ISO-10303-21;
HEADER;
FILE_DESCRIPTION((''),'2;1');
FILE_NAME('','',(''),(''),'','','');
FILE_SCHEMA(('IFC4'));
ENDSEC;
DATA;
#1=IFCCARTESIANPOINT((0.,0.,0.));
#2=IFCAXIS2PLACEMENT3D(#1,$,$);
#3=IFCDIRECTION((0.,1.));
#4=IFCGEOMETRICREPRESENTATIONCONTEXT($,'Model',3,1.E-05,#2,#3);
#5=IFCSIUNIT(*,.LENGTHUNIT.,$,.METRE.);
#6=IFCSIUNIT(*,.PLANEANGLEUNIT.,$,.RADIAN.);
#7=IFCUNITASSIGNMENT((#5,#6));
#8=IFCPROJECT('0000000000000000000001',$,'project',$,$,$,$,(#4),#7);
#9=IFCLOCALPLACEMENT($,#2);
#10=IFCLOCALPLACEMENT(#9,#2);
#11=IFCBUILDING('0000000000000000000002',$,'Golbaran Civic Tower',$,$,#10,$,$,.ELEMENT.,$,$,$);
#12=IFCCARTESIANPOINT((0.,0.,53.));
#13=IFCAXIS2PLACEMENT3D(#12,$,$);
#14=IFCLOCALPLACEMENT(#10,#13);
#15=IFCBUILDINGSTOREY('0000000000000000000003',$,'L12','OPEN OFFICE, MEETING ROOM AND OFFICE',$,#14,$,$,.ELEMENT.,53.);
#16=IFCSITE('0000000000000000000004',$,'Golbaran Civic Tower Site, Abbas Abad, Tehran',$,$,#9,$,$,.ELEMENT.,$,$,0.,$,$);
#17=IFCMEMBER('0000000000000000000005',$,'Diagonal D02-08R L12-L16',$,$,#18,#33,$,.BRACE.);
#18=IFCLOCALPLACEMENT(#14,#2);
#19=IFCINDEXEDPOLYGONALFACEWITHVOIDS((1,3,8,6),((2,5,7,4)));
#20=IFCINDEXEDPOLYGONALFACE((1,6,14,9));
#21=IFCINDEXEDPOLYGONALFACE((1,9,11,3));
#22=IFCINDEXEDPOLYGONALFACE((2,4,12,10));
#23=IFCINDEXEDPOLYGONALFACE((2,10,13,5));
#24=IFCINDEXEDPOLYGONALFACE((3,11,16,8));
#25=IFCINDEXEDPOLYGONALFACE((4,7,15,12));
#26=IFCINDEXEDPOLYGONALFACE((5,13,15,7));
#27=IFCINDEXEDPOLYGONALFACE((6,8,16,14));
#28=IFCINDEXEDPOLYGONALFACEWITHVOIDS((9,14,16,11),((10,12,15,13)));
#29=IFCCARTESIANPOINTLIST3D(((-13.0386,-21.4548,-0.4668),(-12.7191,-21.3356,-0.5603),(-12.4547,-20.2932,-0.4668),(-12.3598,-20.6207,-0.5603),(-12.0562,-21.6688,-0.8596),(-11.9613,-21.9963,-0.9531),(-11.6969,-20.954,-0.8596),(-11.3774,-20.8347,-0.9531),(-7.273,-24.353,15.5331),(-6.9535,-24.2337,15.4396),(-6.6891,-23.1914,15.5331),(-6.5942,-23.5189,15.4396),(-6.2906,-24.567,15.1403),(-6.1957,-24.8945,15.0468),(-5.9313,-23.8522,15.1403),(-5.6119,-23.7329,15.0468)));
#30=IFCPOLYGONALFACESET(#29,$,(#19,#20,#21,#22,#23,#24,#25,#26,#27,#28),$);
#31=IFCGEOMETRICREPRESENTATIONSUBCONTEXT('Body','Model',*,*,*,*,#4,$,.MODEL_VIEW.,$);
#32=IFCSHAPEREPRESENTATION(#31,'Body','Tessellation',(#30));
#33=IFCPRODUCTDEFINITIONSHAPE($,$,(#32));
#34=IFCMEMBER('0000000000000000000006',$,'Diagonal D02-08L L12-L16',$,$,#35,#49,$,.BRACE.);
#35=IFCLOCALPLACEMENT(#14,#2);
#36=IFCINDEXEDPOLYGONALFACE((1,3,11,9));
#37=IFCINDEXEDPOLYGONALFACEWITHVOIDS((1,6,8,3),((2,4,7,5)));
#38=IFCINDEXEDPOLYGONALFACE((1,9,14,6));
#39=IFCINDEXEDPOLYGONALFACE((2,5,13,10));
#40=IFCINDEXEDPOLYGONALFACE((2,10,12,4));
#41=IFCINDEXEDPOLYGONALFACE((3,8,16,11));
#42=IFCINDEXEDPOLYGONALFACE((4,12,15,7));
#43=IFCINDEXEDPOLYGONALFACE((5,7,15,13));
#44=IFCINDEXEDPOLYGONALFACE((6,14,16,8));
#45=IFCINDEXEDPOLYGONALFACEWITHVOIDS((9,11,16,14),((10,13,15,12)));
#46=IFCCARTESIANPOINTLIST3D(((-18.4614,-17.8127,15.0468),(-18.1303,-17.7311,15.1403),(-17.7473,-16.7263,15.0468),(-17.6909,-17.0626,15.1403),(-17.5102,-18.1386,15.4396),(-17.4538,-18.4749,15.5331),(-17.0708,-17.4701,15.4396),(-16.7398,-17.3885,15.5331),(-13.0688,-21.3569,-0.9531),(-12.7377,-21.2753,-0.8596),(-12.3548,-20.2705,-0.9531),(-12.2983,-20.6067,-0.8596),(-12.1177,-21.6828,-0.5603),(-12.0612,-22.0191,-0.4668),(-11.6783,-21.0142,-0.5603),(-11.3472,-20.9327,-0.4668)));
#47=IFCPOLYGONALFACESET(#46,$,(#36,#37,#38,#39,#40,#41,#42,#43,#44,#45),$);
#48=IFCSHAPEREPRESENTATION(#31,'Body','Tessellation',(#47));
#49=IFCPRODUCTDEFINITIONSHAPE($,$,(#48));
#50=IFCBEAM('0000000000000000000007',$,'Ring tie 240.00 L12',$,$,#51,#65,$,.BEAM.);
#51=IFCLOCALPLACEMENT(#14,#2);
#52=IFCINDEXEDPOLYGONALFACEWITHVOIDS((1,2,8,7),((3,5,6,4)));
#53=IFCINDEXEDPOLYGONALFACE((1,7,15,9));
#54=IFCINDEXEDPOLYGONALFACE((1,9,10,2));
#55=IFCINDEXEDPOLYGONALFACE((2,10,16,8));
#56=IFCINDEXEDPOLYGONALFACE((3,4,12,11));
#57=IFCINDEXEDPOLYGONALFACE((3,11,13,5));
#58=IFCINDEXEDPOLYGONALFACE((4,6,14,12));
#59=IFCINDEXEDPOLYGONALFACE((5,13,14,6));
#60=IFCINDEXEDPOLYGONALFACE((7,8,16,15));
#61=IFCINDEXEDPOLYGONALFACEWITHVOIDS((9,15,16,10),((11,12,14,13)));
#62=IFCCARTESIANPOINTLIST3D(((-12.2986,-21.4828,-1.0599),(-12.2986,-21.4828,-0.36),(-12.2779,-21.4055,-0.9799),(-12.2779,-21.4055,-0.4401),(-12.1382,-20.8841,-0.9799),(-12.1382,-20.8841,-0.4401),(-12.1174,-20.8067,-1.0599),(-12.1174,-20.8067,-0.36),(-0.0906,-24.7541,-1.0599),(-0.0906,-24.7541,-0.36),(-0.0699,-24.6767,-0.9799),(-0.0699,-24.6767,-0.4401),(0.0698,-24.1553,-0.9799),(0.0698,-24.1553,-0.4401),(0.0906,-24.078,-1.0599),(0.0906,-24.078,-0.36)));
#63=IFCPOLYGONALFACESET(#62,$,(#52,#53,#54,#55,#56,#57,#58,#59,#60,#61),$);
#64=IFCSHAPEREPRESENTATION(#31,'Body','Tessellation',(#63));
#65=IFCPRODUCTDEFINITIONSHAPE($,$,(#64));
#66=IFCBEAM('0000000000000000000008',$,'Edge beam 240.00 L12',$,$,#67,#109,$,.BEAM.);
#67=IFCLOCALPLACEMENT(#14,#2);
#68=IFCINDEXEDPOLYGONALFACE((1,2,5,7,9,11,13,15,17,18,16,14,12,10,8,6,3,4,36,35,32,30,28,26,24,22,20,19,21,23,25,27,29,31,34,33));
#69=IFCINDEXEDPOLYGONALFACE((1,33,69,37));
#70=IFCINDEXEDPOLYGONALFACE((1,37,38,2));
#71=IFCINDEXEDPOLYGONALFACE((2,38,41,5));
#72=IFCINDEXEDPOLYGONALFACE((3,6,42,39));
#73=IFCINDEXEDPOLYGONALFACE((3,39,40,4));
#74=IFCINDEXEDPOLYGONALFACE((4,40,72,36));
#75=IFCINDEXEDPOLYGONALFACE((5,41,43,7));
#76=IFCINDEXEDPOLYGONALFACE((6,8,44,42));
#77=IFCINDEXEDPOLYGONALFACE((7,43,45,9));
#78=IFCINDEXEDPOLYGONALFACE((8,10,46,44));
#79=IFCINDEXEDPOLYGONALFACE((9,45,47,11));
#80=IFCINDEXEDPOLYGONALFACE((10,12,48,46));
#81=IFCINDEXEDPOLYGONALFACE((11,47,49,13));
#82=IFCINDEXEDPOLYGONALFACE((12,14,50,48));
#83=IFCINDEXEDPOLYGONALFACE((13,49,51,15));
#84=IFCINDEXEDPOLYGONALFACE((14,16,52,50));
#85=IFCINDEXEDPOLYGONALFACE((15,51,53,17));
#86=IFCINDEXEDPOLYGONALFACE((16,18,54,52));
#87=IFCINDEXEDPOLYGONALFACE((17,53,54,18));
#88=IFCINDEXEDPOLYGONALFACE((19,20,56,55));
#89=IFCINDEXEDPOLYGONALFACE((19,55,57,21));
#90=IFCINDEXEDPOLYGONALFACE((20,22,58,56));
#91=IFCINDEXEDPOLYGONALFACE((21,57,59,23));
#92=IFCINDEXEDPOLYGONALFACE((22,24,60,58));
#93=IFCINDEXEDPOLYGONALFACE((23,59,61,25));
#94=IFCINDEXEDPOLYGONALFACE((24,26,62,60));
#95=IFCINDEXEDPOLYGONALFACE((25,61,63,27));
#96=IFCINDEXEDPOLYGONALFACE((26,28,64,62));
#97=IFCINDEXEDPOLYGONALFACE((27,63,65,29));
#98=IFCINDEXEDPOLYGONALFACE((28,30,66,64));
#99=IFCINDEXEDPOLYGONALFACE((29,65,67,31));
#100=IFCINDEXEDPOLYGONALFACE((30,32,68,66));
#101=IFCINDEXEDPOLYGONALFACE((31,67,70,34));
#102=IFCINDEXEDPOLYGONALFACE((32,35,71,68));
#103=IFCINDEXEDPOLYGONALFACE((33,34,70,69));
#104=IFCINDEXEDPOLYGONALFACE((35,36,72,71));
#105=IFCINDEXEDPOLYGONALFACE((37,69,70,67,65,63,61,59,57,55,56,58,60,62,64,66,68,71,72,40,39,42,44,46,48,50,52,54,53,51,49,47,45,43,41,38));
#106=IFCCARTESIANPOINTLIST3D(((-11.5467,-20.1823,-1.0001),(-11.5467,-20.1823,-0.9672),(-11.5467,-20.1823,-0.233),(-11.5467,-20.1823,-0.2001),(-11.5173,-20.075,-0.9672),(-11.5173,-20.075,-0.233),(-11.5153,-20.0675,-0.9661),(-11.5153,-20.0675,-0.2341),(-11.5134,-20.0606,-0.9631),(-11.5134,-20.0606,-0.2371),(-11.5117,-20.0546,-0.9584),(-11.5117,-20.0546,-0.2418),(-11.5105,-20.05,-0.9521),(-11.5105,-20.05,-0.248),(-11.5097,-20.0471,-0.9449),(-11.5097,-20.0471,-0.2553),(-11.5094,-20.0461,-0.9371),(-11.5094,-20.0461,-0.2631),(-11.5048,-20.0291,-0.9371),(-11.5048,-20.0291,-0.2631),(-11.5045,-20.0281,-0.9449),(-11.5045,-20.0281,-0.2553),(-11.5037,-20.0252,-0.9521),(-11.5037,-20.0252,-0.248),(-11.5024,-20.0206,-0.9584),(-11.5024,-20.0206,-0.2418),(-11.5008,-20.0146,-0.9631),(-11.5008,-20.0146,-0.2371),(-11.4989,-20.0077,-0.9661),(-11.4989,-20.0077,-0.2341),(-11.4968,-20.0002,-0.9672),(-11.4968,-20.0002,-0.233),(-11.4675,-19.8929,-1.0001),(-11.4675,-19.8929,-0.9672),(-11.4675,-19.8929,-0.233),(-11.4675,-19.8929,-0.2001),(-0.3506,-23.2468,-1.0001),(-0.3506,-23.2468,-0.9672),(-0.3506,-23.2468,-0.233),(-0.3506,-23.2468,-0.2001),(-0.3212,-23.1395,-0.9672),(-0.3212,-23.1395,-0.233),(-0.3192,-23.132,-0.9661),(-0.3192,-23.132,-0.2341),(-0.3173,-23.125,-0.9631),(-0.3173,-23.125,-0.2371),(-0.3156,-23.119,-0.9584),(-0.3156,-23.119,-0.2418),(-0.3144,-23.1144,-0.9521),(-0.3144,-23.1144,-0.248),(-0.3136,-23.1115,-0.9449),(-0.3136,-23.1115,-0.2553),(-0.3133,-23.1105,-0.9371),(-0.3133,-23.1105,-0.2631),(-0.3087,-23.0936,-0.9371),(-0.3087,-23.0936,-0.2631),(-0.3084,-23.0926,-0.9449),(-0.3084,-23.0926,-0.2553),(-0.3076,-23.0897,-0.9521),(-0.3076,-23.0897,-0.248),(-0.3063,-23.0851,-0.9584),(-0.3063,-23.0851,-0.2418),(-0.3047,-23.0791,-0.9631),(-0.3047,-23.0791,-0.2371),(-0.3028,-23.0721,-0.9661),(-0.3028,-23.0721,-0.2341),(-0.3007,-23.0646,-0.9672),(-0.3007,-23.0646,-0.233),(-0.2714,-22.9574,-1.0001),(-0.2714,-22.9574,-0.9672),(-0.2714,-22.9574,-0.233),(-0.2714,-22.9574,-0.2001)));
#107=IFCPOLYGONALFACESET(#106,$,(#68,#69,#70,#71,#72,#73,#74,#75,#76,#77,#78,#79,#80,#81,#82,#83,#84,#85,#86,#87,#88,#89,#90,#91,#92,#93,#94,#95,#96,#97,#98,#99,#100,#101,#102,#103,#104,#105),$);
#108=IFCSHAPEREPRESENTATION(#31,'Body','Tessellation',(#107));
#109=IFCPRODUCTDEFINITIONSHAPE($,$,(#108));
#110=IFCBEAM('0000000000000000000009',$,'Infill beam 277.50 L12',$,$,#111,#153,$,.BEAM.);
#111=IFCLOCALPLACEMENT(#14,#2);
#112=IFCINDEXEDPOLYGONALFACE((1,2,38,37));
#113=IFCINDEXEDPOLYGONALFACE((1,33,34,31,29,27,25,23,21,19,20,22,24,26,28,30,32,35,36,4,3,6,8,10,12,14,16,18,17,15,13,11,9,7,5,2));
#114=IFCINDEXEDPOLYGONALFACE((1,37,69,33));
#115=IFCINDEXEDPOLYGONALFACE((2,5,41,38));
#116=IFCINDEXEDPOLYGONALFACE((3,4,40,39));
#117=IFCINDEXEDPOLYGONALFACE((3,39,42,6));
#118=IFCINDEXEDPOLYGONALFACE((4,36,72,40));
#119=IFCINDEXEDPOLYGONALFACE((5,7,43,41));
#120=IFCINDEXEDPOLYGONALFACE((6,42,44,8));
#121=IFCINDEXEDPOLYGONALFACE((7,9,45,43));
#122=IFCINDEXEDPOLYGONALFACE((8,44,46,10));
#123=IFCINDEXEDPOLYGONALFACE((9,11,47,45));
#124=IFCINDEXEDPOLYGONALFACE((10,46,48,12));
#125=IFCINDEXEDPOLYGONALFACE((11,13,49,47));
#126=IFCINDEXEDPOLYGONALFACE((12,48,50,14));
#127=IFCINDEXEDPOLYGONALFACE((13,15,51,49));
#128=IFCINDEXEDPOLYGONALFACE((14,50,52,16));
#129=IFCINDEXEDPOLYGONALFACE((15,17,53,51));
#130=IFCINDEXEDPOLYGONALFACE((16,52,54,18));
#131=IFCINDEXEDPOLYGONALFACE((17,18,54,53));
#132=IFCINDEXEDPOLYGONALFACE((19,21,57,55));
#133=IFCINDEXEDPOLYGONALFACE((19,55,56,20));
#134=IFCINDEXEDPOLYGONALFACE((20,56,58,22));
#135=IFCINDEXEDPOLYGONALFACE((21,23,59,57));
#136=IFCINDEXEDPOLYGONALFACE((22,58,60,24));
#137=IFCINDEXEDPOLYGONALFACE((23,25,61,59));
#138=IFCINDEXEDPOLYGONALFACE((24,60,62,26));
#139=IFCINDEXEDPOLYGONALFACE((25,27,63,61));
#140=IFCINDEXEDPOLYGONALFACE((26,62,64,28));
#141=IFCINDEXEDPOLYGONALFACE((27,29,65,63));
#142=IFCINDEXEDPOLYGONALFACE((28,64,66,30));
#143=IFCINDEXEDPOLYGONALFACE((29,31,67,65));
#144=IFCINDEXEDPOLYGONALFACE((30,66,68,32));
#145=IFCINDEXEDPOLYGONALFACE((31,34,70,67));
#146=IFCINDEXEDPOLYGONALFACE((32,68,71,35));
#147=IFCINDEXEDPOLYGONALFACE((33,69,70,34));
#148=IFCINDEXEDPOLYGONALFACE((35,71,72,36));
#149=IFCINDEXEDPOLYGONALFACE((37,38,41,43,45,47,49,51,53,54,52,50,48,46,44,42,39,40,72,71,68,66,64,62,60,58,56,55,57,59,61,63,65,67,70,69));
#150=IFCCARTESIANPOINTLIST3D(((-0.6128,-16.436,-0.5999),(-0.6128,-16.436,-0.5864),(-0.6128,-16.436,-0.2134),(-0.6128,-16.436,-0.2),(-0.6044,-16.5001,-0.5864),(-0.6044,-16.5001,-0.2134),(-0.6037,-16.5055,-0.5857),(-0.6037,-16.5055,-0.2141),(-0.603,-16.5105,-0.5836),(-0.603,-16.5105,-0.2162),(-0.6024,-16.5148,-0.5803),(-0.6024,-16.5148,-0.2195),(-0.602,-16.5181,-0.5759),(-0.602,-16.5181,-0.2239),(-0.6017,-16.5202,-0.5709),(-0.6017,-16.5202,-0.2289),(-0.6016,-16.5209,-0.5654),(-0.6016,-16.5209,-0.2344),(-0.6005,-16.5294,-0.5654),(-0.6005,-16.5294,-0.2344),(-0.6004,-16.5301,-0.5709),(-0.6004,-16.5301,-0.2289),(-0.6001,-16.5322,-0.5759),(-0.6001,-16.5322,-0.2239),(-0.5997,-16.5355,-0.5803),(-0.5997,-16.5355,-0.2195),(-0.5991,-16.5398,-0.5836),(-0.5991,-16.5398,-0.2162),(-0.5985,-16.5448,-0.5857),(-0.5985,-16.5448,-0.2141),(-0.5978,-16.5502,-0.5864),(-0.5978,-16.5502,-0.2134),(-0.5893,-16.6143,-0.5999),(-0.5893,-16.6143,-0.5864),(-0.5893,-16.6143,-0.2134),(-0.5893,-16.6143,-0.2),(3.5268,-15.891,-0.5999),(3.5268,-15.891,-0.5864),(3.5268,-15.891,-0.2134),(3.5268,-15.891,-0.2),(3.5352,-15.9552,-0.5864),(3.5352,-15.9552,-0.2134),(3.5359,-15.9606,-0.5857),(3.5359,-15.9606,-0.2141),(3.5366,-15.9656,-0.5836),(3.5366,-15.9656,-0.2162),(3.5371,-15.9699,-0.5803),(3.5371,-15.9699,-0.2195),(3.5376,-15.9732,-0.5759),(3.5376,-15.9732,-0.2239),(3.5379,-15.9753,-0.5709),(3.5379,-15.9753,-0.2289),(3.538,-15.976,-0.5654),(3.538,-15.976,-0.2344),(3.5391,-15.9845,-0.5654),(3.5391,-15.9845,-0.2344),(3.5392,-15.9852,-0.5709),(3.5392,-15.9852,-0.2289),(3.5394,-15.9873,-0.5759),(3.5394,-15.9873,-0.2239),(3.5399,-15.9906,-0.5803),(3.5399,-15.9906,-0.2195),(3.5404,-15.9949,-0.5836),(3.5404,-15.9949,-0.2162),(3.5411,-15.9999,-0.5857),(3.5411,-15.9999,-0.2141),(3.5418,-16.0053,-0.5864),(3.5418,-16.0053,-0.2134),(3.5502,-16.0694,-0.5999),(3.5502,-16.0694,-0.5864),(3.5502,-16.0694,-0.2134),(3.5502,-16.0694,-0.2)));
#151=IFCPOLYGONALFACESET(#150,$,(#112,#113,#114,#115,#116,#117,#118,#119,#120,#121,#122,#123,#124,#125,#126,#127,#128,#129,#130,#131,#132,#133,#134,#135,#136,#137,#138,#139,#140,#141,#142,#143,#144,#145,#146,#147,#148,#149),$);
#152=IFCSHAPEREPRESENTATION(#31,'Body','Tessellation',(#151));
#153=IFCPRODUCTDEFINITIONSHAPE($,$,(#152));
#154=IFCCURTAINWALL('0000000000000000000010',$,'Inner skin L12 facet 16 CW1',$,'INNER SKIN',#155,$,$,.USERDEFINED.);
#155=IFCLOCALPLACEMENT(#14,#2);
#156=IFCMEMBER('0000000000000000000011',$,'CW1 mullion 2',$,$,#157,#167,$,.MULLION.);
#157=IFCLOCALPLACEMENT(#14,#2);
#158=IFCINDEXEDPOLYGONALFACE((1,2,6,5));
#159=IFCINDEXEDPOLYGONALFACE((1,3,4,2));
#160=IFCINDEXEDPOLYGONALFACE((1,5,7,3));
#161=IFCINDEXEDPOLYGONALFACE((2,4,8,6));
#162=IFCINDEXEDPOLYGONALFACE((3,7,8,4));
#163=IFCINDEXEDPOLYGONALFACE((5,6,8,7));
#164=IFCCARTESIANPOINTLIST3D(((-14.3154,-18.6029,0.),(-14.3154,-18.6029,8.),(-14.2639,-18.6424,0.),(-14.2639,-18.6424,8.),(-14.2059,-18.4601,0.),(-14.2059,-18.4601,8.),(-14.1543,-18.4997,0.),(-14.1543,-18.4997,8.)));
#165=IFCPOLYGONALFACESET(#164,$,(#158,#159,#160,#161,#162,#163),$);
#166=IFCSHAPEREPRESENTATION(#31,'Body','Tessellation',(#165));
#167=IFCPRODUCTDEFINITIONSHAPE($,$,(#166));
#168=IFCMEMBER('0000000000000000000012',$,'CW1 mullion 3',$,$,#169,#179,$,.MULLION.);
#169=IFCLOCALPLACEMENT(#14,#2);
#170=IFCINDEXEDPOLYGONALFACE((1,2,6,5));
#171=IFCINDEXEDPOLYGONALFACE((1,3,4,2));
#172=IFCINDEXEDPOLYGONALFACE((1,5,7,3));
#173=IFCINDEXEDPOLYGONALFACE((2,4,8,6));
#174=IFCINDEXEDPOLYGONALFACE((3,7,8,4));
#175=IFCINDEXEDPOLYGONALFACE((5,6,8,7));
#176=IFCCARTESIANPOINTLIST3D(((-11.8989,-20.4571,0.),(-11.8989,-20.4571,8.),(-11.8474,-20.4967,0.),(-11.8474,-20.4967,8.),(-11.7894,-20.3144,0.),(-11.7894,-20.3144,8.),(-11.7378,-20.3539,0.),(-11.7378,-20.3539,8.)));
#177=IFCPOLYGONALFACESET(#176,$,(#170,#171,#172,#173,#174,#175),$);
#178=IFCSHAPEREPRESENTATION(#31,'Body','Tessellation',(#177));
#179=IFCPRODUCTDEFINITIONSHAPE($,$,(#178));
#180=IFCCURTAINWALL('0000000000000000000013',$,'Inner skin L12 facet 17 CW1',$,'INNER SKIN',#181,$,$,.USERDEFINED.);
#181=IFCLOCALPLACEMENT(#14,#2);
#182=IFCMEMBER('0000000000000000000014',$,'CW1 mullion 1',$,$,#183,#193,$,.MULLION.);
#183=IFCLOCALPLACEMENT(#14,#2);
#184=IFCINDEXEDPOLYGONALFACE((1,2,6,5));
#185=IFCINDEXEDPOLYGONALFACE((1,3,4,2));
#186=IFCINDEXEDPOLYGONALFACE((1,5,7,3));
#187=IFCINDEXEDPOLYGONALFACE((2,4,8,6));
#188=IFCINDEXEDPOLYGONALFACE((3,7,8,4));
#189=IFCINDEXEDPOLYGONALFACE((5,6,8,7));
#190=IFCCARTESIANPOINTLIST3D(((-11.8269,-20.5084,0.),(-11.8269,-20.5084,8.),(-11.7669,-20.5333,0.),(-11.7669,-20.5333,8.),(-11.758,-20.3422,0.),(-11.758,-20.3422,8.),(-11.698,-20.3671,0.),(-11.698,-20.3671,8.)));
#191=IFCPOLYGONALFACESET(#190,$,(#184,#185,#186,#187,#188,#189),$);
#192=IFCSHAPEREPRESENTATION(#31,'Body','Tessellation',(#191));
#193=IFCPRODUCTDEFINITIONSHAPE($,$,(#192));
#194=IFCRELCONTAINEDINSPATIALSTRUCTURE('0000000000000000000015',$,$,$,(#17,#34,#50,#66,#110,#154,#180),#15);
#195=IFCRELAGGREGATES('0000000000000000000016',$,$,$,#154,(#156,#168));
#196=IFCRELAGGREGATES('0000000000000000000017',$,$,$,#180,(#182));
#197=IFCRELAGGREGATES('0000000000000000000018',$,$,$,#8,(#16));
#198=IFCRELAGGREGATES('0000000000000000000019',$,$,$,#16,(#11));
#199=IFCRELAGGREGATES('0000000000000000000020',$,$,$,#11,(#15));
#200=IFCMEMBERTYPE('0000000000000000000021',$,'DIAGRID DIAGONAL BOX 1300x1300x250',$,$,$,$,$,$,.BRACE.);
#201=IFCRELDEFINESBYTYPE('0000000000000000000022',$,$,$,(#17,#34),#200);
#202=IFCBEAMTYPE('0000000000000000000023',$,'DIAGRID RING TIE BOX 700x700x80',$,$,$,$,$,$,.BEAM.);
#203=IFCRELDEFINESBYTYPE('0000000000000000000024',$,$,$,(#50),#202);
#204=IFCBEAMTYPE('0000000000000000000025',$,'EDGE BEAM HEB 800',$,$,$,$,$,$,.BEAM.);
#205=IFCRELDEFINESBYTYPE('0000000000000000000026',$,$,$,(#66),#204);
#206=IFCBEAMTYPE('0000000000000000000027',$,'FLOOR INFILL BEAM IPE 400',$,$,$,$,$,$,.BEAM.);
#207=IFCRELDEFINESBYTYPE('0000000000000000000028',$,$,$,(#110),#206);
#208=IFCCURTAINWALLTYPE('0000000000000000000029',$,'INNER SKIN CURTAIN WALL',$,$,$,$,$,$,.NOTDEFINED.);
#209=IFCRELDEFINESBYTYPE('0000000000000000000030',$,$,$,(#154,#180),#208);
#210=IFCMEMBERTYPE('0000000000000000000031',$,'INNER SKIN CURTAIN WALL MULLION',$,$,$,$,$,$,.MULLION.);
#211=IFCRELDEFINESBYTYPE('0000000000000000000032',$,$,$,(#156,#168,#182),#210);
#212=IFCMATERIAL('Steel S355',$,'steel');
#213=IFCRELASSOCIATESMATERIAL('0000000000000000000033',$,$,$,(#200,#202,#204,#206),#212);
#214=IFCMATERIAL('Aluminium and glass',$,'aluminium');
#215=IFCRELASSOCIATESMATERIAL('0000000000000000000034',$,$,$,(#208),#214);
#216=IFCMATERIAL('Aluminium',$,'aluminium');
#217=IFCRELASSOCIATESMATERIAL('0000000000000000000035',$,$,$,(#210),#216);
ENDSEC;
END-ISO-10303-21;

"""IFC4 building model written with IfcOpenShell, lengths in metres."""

from ifc_helpers import new_model, si_unit, direction, frame, origin, origin_2d, place, context, subcontext, project, spatial, rectangle, hollow_rectangle, i_section, extrude, material, material_profile, profile_set, type_object, element, aggregate, save


model = new_model("IFC4")

# Units and contexts
model_context = context("Model", 3, precision=1e-05, world=origin(), true_north=direction((0.0, 1.0)))
body_context = subcontext(model_context, "Body", "Model", "MODEL_VIEW")
ifc_project = project(units=[si_unit("LENGTHUNIT", "METRE"), si_unit("PLANEANGLEUNIT", "RADIAN")], contexts=[model_context])

# Site, building, storey
site_placement = place(None, origin())
site = spatial("IfcSite", under=ifc_project, at=site_placement, Name="Golbaran Civic Tower Site, Abbas Abad, Tehran", CompositionType="ELEMENT", RefElevation=0.0)
building_placement = place(site_placement, origin())
building = spatial("IfcBuilding", under=site, at=building_placement, Name="Golbaran Civic Tower", CompositionType="ELEMENT")
storey_placement = place(building_placement, frame((0.0, 0.0, 53.0)))
storey = spatial("IfcBuildingStorey", under=building, at=storey_placement, Name="L12", Description="OPEN OFFICE, MEETING ROOM AND OFFICE", CompositionType="ELEMENT", Elevation=53.0)

# Members
ifc_material_1 = material(Name="Steel S355", Category="steel")
ifc_material_profile_1 = material_profile(ifc_material_1, hollow_rectangle(XDim=1.3, YDim=1.3, WallThickness=0.25, at=origin_2d()), Name="BOX 1300x1300x250")
ifc_profile_set_1 = profile_set([ifc_material_profile_1], Name="Steel S355")
member_type_1 = type_object("IfcMemberType", Name="DIAGRID DIAGONAL BOX 1300x1300x250", PredefinedType="BRACE", material=ifc_profile_set_1)
for number, where, z_axis, x_axis, name in (
    (1, (-12.208, -21.1448, -0.71), (0.334195, -0.167989, 0.927412), (0.449119, 0.893472, 0.0), "Diagonal D02-08R L12-L16"),
    (2, (-12.208, -21.1448, -0.71), (-0.312572, 0.205433, 0.927414), (-0.549231, -0.83567, 0.0), "Diagonal D02-08L L12-L16"),
):
    element("IfcMember", number, at=place(storey_placement, frame(where, z_axis=z_axis, x_axis=x_axis)), inside=storey, type_object=member_type_1, Name=name, PredefinedType="BRACE", context=body_context, shape_type="SweptSolid", body=[
        extrude(hollow_rectangle(XDim=1.3, YDim=1.3, WallThickness=0.25, at=origin_2d()), origin(), (0.0, 0.0, 1.0), 17.2522),
    ])

# Beams
ifc_material_profile_2 = material_profile(ifc_material_1, hollow_rectangle(XDim=0.7, YDim=0.7, WallThickness=0.0801, at=origin_2d()), Name="BOX 700x700x80")
ifc_profile_set_2 = profile_set([ifc_material_profile_2], Name="Steel S355")
beam_type_1 = type_object("IfcBeamType", Name="DIAGRID RING TIE BOX 700x700x80", PredefinedType="BEAM", material=ifc_profile_set_2)
beam_1_placement = place(storey_placement, frame((-12.208, -21.1448, -0.71), z_axis=(0.965924, -0.258827, 0.0), x_axis=(0.258827, 0.965924, 0.0)))
element("IfcBeam", 3, at=beam_1_placement, inside=storey, type_object=beam_type_1, Name="Ring tie 240.00 L12", PredefinedType="BEAM", context=body_context, shape_type="SweptSolid", body=[
    extrude(hollow_rectangle(XDim=0.7, YDim=0.7, WallThickness=0.0801, at=origin_2d()), origin(), (0.0, 0.0, 1.0), 12.6387),
])
ifc_material_profile_3 = material_profile(ifc_material_1, i_section(OverallWidth=0.3, OverallDepth=0.8, WebThickness=0.0176, FlangeThickness=0.033, FilletRadius=0.03, at=origin_2d()), Name="HEB 800")
ifc_profile_set_3 = profile_set([ifc_material_profile_3], Name="Steel S355")
beam_type_2 = type_object("IfcBeamType", Name="EDGE BEAM HEB 800", PredefinedType="BEAM", material=ifc_profile_set_3)
beam_2_placement = place(storey_placement, frame((-11.5071, -20.0376, -0.6001), z_axis=(0.964523, -0.263998, 0.0), x_axis=(0.263998, 0.964523, 0.0)))
element("IfcBeam", 4, at=beam_2_placement, inside=storey, type_object=beam_type_2, Name="Edge beam 240.00 L12", PredefinedType="BEAM", context=body_context, shape_type="SweptSolid", body=[
    extrude(i_section(OverallWidth=0.3, OverallDepth=0.8, WebThickness=0.0176, FlangeThickness=0.033, FilletRadius=0.03, at=origin_2d()), origin(), (0.0, 0.0, 1.0), 11.6079),
])
ifc_material_profile_4 = material_profile(ifc_material_1, i_section(OverallWidth=0.1799, OverallDepth=0.3999, WebThickness=0.0085, FlangeThickness=0.0134, FilletRadius=0.021, at=origin_2d()), Name="IPE 400")
ifc_profile_set_4 = profile_set([ifc_material_profile_4], Name="Steel S355")
beam_type_3 = type_object("IfcBeamType", Name="FLOOR INFILL BEAM IPE 400", PredefinedType="BEAM", material=ifc_profile_set_4)
beam_3_placement = place(storey_placement, frame((-0.6011, -16.5251, -0.3999), z_axis=(0.991447, 0.130509, 0.0), x_axis=(-0.130509, 0.991447, 0.0)))
element("IfcBeam", 5, at=beam_3_placement, inside=storey, type_object=beam_type_3, Name="Infill beam 277.50 L12", PredefinedType="BEAM", context=body_context, shape_type="SweptSolid", body=[
    extrude(i_section(OverallWidth=0.1799, OverallDepth=0.3999, WebThickness=0.0085, FlangeThickness=0.0134, FilletRadius=0.021, at=origin_2d()), origin(), (0.0, 0.0, 1.0), 4.1753),
])

# Curtain wall, members
ifc_material_2 = material(Name="Aluminium and glass", Category="aluminium")
curtain_wall_type = type_object("IfcCurtainWallType", Name="INNER SKIN CURTAIN WALL", PredefinedType="NOTDEFINED", material=ifc_material_2)
curtain_wall_1_placement = place(storey_placement, origin())
curtain_wall_1 = element("IfcCurtainWall", 6, at=curtain_wall_1_placement, inside=storey, type_object=curtain_wall_type, Name="Inner skin L12 facet 16 CW1", ObjectType="INNER SKIN", PredefinedType="USERDEFINED")
ifc_material_3 = material(Name="Aluminium", Category="aluminium")
ifc_material_profile_5 = material_profile(ifc_material_3, rectangle(XDim=0.1799, YDim=0.0649, at=origin_2d()), Name="INNER SKIN CURTAIN WALL MULLION")
ifc_profile_set_5 = profile_set([ifc_material_profile_5], Name="Aluminium")
member_type_2 = type_object("IfcMemberType", Name="INNER SKIN CURTAIN WALL MULLION", PredefinedType="MULLION", material=ifc_profile_set_5)
member_1_placement = place(storey_placement, frame((-14.2349, -18.5513, 0.0), z_axis=(0.0, 0.0, 1.0), x_axis=(0.608761, 0.793353, 0.0)))
member_1 = element("IfcMember", 7, at=member_1_placement, type_object=member_type_2, Name="CW1 mullion 2", PredefinedType="MULLION", context=body_context, shape_type="SweptSolid", body=[
    extrude(rectangle(XDim=0.1799, YDim=0.0649, at=origin_2d()), origin(), (0.0, 0.0, 1.0), 8.0),
])
member_2_placement = place(storey_placement, frame((-11.8184, -20.4055, 0.0), z_axis=(0.0, 0.0, 1.0), x_axis=(0.608761, 0.793353, 0.0)))
member_2 = element("IfcMember", 8, at=member_2_placement, type_object=member_type_2, Name="CW1 mullion 3", PredefinedType="MULLION", context=body_context, shape_type="SweptSolid", body=[
    extrude(rectangle(XDim=0.1799, YDim=0.0649, at=origin_2d()), origin(), (0.0, 0.0, 1.0), 8.0),
])

# Curtain wall, member
curtain_wall_2_placement = place(storey_placement, origin())
curtain_wall_2 = element("IfcCurtainWall", 9, at=curtain_wall_2_placement, inside=storey, type_object=curtain_wall_type, Name="Inner skin L12 facet 17 CW1", ObjectType="INNER SKIN", PredefinedType="USERDEFINED")
member_3_placement = place(storey_placement, frame((-11.7625, -20.4377, 0.0), z_axis=(0.0, 0.0, 1.0), x_axis=(0.382683, 0.92388, 0.0)))
member_3 = element("IfcMember", 10, at=member_3_placement, type_object=member_type_2, Name="CW1 mullion 1", PredefinedType="MULLION", context=body_context, shape_type="SweptSolid", body=[
    extrude(rectangle(XDim=0.1799, YDim=0.0649, at=origin_2d()), origin(), (0.0, 0.0, 1.0), 8.0),
])

aggregate(curtain_wall_1, [member_1, member_2])
aggregate(curtain_wall_2, [member_3])

save(model, "model.ifc")
